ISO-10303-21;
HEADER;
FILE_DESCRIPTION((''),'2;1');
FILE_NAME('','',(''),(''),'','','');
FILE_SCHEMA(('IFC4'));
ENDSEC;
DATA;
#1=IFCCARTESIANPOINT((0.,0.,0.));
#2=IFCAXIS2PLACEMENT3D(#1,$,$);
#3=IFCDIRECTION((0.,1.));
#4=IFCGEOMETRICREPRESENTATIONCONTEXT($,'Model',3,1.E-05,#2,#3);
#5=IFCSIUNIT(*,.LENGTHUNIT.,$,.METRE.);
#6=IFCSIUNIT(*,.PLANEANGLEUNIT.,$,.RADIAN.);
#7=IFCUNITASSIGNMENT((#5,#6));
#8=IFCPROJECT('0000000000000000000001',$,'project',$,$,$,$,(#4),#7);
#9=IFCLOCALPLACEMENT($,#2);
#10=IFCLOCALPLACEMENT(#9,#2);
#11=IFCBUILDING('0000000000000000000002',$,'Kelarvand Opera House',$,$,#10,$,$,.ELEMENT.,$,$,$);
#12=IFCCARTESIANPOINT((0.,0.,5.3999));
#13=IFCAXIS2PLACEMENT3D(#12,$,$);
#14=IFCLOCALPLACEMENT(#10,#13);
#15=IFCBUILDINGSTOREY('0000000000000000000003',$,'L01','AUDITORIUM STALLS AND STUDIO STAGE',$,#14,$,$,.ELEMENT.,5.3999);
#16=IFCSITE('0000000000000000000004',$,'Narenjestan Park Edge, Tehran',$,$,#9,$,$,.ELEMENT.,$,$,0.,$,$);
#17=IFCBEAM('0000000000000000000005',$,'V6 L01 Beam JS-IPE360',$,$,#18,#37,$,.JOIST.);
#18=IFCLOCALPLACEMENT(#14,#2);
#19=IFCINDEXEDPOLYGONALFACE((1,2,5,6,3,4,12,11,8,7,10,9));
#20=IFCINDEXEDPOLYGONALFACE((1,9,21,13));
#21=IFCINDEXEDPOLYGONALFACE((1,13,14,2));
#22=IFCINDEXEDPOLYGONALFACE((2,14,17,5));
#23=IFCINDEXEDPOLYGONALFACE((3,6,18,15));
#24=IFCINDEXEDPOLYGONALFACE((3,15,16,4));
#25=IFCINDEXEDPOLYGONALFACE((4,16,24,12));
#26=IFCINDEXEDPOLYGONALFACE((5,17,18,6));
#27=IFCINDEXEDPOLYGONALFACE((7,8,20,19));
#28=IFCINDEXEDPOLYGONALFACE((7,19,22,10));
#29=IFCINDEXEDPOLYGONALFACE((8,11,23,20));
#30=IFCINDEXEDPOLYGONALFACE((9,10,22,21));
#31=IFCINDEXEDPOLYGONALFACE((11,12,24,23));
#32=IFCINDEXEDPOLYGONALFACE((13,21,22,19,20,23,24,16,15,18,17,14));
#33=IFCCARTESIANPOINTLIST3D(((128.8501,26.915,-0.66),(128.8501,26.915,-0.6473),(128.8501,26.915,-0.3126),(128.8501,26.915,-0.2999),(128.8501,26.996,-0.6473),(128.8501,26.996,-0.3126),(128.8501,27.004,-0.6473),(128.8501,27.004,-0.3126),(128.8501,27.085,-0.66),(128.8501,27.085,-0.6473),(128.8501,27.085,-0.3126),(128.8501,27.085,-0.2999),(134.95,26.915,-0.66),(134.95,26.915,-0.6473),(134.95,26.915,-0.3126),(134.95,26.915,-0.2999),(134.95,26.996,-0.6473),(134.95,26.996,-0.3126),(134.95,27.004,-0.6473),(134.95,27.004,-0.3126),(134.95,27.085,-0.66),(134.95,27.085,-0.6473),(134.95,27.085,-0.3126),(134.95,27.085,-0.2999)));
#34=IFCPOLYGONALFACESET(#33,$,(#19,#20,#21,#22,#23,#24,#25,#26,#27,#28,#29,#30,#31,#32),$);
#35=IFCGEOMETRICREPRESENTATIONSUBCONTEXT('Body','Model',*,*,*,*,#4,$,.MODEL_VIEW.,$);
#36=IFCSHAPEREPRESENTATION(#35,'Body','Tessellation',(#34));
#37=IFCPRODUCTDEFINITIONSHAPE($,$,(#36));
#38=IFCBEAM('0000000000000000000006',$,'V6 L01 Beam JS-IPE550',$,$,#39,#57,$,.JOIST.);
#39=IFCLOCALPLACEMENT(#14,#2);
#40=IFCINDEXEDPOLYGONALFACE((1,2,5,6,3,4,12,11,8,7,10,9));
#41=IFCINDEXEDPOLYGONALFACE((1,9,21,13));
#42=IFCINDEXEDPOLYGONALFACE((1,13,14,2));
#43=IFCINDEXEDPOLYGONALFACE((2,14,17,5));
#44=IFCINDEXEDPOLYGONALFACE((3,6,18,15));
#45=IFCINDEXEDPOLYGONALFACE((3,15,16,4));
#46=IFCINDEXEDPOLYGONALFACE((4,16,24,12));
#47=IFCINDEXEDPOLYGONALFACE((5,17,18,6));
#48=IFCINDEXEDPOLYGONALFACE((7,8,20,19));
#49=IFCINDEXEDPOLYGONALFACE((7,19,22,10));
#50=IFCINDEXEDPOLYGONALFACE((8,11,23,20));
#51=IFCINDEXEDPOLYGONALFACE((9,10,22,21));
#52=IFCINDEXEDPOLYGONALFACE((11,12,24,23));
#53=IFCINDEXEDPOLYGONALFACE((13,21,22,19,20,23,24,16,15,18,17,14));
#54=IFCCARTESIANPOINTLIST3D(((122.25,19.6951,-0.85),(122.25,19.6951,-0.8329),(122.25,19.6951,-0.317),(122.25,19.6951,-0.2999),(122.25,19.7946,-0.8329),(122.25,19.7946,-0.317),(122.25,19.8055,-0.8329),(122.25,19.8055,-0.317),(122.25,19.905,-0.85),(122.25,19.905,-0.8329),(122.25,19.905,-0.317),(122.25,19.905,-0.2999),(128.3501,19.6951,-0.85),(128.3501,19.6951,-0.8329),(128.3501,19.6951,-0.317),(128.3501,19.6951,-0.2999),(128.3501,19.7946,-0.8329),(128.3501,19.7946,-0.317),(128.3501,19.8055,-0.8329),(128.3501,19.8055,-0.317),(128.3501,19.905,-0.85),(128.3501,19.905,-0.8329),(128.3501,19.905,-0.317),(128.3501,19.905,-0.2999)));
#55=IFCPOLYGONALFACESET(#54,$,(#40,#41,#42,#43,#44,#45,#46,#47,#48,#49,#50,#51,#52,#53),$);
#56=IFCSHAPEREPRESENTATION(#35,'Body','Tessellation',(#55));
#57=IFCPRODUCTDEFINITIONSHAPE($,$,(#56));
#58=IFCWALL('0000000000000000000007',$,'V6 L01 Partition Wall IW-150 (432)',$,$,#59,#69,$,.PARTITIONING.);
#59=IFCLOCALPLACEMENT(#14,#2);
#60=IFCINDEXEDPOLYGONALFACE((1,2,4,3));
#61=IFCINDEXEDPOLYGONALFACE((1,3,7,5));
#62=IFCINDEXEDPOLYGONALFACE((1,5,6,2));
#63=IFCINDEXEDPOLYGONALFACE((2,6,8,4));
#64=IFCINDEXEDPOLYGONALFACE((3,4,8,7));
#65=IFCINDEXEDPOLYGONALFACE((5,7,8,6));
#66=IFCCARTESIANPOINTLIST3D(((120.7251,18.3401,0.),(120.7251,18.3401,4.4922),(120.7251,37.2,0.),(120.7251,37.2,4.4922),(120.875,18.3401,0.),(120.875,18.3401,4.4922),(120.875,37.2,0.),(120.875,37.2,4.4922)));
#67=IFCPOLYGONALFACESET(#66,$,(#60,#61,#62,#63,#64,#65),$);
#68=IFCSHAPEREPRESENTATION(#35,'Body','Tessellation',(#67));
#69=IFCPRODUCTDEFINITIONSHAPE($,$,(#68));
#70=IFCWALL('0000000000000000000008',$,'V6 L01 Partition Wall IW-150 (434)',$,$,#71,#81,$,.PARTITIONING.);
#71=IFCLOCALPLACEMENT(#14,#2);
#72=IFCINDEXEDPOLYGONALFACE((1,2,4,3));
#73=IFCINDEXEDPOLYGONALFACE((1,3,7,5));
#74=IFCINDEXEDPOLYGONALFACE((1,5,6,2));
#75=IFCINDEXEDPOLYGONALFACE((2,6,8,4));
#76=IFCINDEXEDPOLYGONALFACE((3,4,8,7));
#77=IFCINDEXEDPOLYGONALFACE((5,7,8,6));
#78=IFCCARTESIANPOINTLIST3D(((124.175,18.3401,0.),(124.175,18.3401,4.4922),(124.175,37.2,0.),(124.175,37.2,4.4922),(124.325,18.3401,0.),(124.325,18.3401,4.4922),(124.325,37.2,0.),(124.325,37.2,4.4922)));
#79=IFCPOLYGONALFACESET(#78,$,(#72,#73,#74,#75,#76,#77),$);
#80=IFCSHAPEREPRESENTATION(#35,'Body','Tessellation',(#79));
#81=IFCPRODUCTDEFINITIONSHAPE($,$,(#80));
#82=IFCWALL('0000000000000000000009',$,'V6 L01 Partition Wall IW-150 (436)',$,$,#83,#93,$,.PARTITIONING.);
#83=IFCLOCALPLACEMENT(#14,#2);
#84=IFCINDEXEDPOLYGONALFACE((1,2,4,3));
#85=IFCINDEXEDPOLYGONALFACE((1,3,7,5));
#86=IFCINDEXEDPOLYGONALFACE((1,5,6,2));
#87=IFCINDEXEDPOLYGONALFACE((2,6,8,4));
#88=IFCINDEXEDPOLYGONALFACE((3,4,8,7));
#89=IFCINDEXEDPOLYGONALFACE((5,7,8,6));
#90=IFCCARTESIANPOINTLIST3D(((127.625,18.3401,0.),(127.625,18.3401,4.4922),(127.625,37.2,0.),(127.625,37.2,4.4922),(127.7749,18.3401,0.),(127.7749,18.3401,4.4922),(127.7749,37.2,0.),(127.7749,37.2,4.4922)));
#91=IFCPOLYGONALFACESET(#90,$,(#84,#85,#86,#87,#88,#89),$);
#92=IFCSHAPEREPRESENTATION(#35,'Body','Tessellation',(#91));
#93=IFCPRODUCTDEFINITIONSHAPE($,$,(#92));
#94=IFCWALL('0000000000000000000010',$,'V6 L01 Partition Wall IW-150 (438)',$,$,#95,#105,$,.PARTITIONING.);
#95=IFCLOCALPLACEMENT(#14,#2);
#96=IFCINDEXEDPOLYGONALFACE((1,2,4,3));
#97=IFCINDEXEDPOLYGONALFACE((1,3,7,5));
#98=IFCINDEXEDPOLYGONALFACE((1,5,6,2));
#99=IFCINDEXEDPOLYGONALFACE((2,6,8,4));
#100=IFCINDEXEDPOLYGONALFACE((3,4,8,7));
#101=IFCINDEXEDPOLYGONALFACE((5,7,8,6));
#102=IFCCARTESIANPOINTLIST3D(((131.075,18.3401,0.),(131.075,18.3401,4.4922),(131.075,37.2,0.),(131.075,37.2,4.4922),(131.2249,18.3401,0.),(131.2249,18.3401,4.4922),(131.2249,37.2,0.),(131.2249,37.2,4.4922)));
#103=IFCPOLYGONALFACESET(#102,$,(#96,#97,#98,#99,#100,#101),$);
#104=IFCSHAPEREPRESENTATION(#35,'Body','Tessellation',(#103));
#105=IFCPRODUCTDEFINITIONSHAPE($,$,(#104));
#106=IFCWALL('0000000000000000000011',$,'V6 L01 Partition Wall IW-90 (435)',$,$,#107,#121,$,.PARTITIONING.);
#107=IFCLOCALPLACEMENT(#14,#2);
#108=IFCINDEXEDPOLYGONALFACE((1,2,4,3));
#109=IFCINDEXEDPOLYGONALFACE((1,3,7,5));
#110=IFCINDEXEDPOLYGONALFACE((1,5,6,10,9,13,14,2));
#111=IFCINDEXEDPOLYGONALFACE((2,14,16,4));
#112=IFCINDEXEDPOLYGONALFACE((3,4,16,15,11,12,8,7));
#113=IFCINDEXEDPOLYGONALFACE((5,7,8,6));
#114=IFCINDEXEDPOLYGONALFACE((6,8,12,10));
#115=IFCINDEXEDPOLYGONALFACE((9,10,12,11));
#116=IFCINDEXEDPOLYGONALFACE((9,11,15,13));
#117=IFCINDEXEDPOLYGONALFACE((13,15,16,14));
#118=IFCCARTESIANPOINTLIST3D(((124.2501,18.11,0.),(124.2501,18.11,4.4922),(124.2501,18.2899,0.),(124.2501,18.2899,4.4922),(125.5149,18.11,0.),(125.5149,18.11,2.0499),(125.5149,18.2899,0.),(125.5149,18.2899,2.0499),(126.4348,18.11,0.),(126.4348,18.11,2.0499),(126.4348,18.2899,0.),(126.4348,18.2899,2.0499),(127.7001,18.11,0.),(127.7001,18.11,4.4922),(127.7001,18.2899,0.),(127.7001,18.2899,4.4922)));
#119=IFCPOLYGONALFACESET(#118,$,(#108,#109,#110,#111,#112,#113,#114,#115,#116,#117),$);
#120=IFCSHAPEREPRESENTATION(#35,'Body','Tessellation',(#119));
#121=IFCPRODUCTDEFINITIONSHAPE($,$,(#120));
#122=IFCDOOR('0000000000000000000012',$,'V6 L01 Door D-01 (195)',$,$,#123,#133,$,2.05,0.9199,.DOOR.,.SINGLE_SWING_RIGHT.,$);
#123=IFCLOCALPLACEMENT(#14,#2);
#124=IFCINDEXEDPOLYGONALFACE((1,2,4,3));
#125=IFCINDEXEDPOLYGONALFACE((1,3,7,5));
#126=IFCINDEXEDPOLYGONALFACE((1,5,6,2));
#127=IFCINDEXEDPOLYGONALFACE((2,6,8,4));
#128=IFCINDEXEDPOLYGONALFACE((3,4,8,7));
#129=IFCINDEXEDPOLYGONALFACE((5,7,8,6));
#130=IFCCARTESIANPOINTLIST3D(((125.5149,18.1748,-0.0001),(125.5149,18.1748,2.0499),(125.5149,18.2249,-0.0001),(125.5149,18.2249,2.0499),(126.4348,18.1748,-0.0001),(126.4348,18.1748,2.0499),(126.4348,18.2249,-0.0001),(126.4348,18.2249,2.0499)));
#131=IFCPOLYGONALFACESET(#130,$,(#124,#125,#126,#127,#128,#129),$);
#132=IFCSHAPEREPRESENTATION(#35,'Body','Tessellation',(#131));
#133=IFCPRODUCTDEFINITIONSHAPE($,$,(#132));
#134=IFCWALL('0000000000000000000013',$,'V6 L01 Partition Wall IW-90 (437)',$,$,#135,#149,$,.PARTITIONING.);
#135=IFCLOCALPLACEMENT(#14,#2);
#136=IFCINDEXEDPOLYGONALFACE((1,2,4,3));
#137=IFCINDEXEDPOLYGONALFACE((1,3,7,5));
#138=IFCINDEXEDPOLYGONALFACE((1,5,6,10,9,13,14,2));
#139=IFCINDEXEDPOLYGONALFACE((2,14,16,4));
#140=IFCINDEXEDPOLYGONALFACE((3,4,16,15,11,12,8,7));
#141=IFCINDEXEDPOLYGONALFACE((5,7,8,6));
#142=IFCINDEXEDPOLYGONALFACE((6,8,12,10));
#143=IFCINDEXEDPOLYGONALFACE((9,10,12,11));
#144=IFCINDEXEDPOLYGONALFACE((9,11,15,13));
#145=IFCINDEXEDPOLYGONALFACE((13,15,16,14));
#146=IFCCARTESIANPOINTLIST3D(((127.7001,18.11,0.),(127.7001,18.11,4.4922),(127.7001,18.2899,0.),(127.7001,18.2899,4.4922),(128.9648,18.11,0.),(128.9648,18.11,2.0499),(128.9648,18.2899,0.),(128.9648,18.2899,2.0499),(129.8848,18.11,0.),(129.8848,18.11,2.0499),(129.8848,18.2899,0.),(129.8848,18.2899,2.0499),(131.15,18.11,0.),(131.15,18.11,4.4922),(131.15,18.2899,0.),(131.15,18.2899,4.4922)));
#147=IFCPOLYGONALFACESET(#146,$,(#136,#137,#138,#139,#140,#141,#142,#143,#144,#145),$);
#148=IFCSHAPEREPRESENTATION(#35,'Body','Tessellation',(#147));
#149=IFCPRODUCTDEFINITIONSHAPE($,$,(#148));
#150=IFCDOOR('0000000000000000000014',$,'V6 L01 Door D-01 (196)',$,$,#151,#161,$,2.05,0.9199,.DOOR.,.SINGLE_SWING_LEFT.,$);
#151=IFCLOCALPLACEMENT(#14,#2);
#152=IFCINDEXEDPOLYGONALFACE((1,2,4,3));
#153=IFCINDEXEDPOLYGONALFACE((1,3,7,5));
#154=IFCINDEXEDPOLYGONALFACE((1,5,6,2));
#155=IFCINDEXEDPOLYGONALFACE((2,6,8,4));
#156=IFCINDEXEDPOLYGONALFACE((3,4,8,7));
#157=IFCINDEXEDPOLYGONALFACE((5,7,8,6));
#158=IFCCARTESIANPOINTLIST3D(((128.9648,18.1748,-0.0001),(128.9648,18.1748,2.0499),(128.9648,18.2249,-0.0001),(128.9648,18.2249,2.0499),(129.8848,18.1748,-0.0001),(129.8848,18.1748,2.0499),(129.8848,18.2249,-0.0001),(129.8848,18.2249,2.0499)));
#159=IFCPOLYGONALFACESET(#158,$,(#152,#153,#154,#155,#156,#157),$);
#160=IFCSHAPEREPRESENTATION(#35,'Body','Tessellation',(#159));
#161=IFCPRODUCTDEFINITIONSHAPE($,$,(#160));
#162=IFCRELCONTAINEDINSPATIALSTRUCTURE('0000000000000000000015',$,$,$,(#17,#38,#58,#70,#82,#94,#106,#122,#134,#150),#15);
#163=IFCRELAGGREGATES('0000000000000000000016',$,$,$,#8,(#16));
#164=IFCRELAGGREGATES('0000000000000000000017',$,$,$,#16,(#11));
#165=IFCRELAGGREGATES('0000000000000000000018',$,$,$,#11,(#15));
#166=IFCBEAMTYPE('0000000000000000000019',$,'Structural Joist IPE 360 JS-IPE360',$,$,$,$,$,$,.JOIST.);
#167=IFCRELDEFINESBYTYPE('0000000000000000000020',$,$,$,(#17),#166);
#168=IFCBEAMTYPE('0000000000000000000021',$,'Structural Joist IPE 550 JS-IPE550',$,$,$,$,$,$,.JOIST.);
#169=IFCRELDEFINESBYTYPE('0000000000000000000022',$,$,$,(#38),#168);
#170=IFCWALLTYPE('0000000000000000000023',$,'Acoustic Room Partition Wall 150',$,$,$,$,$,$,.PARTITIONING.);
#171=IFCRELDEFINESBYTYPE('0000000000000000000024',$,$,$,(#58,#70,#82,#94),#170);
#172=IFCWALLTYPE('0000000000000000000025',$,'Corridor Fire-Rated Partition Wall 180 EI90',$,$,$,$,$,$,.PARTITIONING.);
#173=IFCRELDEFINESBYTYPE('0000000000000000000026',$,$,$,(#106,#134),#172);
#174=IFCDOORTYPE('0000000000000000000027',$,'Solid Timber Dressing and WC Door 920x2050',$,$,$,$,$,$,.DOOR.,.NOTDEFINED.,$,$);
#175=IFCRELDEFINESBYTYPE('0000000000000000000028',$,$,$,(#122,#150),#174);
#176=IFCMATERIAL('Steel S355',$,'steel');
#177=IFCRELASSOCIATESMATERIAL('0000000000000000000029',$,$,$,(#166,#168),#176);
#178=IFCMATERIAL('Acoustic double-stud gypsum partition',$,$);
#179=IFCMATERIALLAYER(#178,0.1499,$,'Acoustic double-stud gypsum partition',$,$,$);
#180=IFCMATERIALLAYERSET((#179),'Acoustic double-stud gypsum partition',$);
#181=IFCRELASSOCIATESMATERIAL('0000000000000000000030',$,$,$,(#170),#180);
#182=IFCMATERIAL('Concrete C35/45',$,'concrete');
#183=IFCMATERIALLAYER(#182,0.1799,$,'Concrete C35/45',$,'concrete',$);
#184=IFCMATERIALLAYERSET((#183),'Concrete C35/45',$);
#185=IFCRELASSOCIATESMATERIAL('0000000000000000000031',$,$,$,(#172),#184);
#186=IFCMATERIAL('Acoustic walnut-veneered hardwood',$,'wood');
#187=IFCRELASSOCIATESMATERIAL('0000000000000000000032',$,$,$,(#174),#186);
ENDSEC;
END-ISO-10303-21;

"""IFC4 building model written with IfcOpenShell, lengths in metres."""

from ifc_helpers import new_model, si_unit, direction, frame, frame_2d, origin, origin_2d, place, context, subcontext, project, spatial, rectangle, i_section, extrude, material, layer, layer_set, material_profile, profile_set, type_object, element, fill, save


model = new_model("IFC4")

# Units and contexts
model_context = context("Model", 3, precision=1e-05, world=origin(), true_north=direction((0.0, 1.0)))
body_context = subcontext(model_context, "Body", "Model", "MODEL_VIEW")
ifc_project = project(units=[si_unit("LENGTHUNIT", "METRE"), si_unit("PLANEANGLEUNIT", "RADIAN")], contexts=[model_context])

# Site, building, storey
site_placement = place(None, origin())
site = spatial("IfcSite", under=ifc_project, at=site_placement, Name="Narenjestan Park Edge, Tehran", CompositionType="ELEMENT", RefElevation=0.0)
building_placement = place(site_placement, origin())
building = spatial("IfcBuilding", under=site, at=building_placement, Name="Kelarvand Opera House", CompositionType="ELEMENT")
storey_placement = place(building_placement, frame((0.0, 0.0, 5.3999)))
storey = spatial("IfcBuildingStorey", under=building, at=storey_placement, Name="L01", Description="AUDITORIUM STALLS AND STUDIO STAGE", CompositionType="ELEMENT", Elevation=5.3999)

# Beams
ifc_material_1 = material(Name="Concrete C35/45", Category="concrete")
ifc_material_2 = material(Name="Steel S355", Category="steel")
ifc_material_profile_1 = material_profile(ifc_material_2, i_section(OverallWidth=0.1699, OverallDepth=0.3601, WebThickness=0.0081, FlangeThickness=0.0127, at=origin_2d()), Name="IPE 360", Category="steel")
ifc_profile_set_1 = profile_set([ifc_material_profile_1], Name="Steel S355")
beam_type_1 = type_object("IfcBeamType", Name="Structural Joist IPE 360 JS-IPE360", PredefinedType="JOIST", material=ifc_profile_set_1)
beam_1_placement = place(storey_placement, frame((128.8501, 27.0, -0.48), z_axis=(1.0, 0.0, 0.0), x_axis=(0.0, 1.0, 0.0)))
element("IfcBeam", 1, at=beam_1_placement, inside=storey, type_object=beam_type_1, Name="V6 L01 Beam JS-IPE360", PredefinedType="JOIST", context=body_context, shape_type="SweptSolid", body=[
    extrude(i_section(OverallWidth=0.1699, OverallDepth=0.3601, WebThickness=0.0081, FlangeThickness=0.0127, at=origin_2d()), origin(), (0.0, 0.0, 1.0), 6.0999),
])
ifc_material_profile_2 = material_profile(ifc_material_2, i_section(OverallWidth=0.21, OverallDepth=0.55, WebThickness=0.011, FlangeThickness=0.0171, at=origin_2d()), Name="IPE 550", Category="steel")
ifc_profile_set_2 = profile_set([ifc_material_profile_2], Name="Steel S355")
beam_type_2 = type_object("IfcBeamType", Name="Structural Joist IPE 550 JS-IPE550", PredefinedType="JOIST", material=ifc_profile_set_2)
beam_2_placement = place(storey_placement, frame((122.25, 19.8, -0.575), z_axis=(1.0, 0.0, 0.0), x_axis=(0.0, 1.0, 0.0)))
element("IfcBeam", 2, at=beam_2_placement, inside=storey, type_object=beam_type_2, Name="V6 L01 Beam JS-IPE550", PredefinedType="JOIST", context=body_context, shape_type="SweptSolid", body=[
    extrude(i_section(OverallWidth=0.21, OverallDepth=0.55, WebThickness=0.011, FlangeThickness=0.0171, at=origin_2d()), origin(), (0.0, 0.0, 1.0), 6.1001),
])

# Walls
ifc_material_3 = material(Name="Acoustic double-stud gypsum partition")
ifc_layer_1 = layer(ifc_material_3, 0.1499, Name="Acoustic double-stud gypsum partition")
ifc_layer_set_1 = layer_set([ifc_layer_1], Name="Acoustic double-stud gypsum partition")
wall_type_1 = type_object("IfcWallType", Name="Acoustic Room Partition Wall 150", PredefinedType="PARTITIONING", material=ifc_layer_set_1)
for number, where, z_axis, x_axis, name in (
    (3, (120.8, 18.3401, 0.0), (0.0, 0.0, 1.0), (0.0, 1.0, 0.0), "V6 L01 Partition Wall IW-150 (432)"),
    (4, (124.25, 18.3401, 0.0), (0.0, 0.0, 1.0), (0.0, 1.0, 0.0), "V6 L01 Partition Wall IW-150 (434)"),
    (5, (127.7, 18.3401, 0.0), (0.0, 0.0, 1.0), (0.0, 1.0, 0.0), "V6 L01 Partition Wall IW-150 (436)"),
    (6, (131.1499, 18.3401, 0.0), (0.0, 0.0, 1.0), (0.0, 1.0, 0.0), "V6 L01 Partition Wall IW-150 (438)"),
):
    element("IfcWall", number, at=place(storey_placement, frame(where, z_axis=z_axis, x_axis=x_axis)), inside=storey, type_object=wall_type_1, Name=name, PredefinedType="PARTITIONING", context=body_context, shape_type="SweptSolid", body=[
        extrude(rectangle(XDim=18.8599, YDim=0.1499, at=frame_2d((9.4299, 0.0))), origin(), (0.0, 0.0, 1.0), 4.4922),
    ])

# Walls, openings, doors
ifc_layer_2 = layer(ifc_material_1, 0.1799, Name="Concrete C35/45", Category="concrete")
ifc_layer_set_2 = layer_set([ifc_layer_2], Name="Concrete C35/45")
wall_type_2 = type_object("IfcWallType", Name="Corridor Fire-Rated Partition Wall 180 EI90", PredefinedType="PARTITIONING", material=ifc_layer_set_2)
wall_1_placement = place(storey_placement, frame((124.25, 18.2, 0.0), z_axis=(0.0, 0.0, 1.0), x_axis=(1.0, 0.0, 0.0)))
wall_1 = element("IfcWall", 7, at=wall_1_placement, inside=storey, type_object=wall_type_2, Name="V6 L01 Partition Wall IW-90 (435)", PredefinedType="PARTITIONING", context=body_context, shape_type="SweptSolid", body=[
    extrude(rectangle(XDim=3.45, YDim=0.1799, at=frame_2d((1.7251, 0.0))), origin(), (0.0, 0.0, 1.0), 4.4922),
])
opening_1_placement = place(wall_1_placement, frame((1.2649, 0.0, 0.0)))
opening_1 = element("IfcOpeningElement", 8, at=opening_1_placement, cuts=wall_1, PredefinedType="OPENING", context=body_context, shape_type="SweptSolid", body=[
    extrude(rectangle(XDim=0.9199, YDim=2.05, at=frame_2d((0.46, 1.0249))), frame((0.0, 0.1001, 0.0), z_axis=(0.0, -1.0, 0.0), x_axis=(1.0, 0.0, 0.0)), (0.0, 0.0, 1.0), 0.2),
])
ifc_material_4 = material(Name="Acoustic walnut-veneered hardwood", Category="wood")
door_type = type_object("IfcDoorType", Name="Solid Timber Dressing and WC Door 920x2050", OperationType="NOTDEFINED", PredefinedType="DOOR", material=ifc_material_4)
door_1_placement = place(opening_1_placement, origin())
door_1 = element("IfcDoor", 9, at=door_1_placement, inside=storey, type_object=door_type, Name="V6 L01 Door D-01 (195)", OperationType="SINGLE_SWING_RIGHT", OverallHeight=2.05, OverallWidth=0.9199, PredefinedType="DOOR", context=body_context, shape_type="SweptSolid", body=[
    extrude(rectangle(XDim=0.9199, YDim=2.05, at=frame_2d((0.46, 1.0249))), frame((0.0, 0.0249, 0.0), z_axis=(0.0, -1.0, 0.0), x_axis=(1.0, 0.0, 0.0)), (0.0, 0.0, 1.0), 0.05),
])
fill(opening_1, door_1)
wall_2_placement = place(storey_placement, frame((127.7, 18.2, 0.0), z_axis=(0.0, 0.0, 1.0), x_axis=(1.0, 0.0, 0.0)))
wall_2 = element("IfcWall", 10, at=wall_2_placement, inside=storey, type_object=wall_type_2, Name="V6 L01 Partition Wall IW-90 (437)", PredefinedType="PARTITIONING", context=body_context, shape_type="SweptSolid", body=[
    extrude(rectangle(XDim=3.45, YDim=0.1799, at=frame_2d((1.7251, 0.0))), origin(), (0.0, 0.0, 1.0), 4.4922),
])
opening_2_placement = place(wall_2_placement, frame((1.2649, 0.0, 0.0)))
opening_2 = element("IfcOpeningElement", 11, at=opening_2_placement, cuts=wall_2, PredefinedType="OPENING", context=body_context, shape_type="SweptSolid", body=[
    extrude(rectangle(XDim=0.9199, YDim=2.05, at=frame_2d((0.46, 1.0249))), frame((0.0, 0.1001, 0.0), z_axis=(0.0, -1.0, 0.0), x_axis=(1.0, 0.0, 0.0)), (0.0, 0.0, 1.0), 0.2),
])
door_2_placement = place(opening_2_placement, origin())
door_2 = element("IfcDoor", 12, at=door_2_placement, inside=storey, type_object=door_type, Name="V6 L01 Door D-01 (196)", OperationType="SINGLE_SWING_LEFT", OverallHeight=2.05, OverallWidth=0.9199, PredefinedType="DOOR", context=body_context, shape_type="SweptSolid", body=[
    extrude(rectangle(XDim=0.9199, YDim=2.05, at=frame_2d((0.46, 1.0249))), frame((0.0, 0.0249, 0.0), z_axis=(0.0, -1.0, 0.0), x_axis=(1.0, 0.0, 0.0)), (0.0, 0.0, 1.0), 0.05),
])
fill(opening_2, door_2)

save(model, "model.ifc")
